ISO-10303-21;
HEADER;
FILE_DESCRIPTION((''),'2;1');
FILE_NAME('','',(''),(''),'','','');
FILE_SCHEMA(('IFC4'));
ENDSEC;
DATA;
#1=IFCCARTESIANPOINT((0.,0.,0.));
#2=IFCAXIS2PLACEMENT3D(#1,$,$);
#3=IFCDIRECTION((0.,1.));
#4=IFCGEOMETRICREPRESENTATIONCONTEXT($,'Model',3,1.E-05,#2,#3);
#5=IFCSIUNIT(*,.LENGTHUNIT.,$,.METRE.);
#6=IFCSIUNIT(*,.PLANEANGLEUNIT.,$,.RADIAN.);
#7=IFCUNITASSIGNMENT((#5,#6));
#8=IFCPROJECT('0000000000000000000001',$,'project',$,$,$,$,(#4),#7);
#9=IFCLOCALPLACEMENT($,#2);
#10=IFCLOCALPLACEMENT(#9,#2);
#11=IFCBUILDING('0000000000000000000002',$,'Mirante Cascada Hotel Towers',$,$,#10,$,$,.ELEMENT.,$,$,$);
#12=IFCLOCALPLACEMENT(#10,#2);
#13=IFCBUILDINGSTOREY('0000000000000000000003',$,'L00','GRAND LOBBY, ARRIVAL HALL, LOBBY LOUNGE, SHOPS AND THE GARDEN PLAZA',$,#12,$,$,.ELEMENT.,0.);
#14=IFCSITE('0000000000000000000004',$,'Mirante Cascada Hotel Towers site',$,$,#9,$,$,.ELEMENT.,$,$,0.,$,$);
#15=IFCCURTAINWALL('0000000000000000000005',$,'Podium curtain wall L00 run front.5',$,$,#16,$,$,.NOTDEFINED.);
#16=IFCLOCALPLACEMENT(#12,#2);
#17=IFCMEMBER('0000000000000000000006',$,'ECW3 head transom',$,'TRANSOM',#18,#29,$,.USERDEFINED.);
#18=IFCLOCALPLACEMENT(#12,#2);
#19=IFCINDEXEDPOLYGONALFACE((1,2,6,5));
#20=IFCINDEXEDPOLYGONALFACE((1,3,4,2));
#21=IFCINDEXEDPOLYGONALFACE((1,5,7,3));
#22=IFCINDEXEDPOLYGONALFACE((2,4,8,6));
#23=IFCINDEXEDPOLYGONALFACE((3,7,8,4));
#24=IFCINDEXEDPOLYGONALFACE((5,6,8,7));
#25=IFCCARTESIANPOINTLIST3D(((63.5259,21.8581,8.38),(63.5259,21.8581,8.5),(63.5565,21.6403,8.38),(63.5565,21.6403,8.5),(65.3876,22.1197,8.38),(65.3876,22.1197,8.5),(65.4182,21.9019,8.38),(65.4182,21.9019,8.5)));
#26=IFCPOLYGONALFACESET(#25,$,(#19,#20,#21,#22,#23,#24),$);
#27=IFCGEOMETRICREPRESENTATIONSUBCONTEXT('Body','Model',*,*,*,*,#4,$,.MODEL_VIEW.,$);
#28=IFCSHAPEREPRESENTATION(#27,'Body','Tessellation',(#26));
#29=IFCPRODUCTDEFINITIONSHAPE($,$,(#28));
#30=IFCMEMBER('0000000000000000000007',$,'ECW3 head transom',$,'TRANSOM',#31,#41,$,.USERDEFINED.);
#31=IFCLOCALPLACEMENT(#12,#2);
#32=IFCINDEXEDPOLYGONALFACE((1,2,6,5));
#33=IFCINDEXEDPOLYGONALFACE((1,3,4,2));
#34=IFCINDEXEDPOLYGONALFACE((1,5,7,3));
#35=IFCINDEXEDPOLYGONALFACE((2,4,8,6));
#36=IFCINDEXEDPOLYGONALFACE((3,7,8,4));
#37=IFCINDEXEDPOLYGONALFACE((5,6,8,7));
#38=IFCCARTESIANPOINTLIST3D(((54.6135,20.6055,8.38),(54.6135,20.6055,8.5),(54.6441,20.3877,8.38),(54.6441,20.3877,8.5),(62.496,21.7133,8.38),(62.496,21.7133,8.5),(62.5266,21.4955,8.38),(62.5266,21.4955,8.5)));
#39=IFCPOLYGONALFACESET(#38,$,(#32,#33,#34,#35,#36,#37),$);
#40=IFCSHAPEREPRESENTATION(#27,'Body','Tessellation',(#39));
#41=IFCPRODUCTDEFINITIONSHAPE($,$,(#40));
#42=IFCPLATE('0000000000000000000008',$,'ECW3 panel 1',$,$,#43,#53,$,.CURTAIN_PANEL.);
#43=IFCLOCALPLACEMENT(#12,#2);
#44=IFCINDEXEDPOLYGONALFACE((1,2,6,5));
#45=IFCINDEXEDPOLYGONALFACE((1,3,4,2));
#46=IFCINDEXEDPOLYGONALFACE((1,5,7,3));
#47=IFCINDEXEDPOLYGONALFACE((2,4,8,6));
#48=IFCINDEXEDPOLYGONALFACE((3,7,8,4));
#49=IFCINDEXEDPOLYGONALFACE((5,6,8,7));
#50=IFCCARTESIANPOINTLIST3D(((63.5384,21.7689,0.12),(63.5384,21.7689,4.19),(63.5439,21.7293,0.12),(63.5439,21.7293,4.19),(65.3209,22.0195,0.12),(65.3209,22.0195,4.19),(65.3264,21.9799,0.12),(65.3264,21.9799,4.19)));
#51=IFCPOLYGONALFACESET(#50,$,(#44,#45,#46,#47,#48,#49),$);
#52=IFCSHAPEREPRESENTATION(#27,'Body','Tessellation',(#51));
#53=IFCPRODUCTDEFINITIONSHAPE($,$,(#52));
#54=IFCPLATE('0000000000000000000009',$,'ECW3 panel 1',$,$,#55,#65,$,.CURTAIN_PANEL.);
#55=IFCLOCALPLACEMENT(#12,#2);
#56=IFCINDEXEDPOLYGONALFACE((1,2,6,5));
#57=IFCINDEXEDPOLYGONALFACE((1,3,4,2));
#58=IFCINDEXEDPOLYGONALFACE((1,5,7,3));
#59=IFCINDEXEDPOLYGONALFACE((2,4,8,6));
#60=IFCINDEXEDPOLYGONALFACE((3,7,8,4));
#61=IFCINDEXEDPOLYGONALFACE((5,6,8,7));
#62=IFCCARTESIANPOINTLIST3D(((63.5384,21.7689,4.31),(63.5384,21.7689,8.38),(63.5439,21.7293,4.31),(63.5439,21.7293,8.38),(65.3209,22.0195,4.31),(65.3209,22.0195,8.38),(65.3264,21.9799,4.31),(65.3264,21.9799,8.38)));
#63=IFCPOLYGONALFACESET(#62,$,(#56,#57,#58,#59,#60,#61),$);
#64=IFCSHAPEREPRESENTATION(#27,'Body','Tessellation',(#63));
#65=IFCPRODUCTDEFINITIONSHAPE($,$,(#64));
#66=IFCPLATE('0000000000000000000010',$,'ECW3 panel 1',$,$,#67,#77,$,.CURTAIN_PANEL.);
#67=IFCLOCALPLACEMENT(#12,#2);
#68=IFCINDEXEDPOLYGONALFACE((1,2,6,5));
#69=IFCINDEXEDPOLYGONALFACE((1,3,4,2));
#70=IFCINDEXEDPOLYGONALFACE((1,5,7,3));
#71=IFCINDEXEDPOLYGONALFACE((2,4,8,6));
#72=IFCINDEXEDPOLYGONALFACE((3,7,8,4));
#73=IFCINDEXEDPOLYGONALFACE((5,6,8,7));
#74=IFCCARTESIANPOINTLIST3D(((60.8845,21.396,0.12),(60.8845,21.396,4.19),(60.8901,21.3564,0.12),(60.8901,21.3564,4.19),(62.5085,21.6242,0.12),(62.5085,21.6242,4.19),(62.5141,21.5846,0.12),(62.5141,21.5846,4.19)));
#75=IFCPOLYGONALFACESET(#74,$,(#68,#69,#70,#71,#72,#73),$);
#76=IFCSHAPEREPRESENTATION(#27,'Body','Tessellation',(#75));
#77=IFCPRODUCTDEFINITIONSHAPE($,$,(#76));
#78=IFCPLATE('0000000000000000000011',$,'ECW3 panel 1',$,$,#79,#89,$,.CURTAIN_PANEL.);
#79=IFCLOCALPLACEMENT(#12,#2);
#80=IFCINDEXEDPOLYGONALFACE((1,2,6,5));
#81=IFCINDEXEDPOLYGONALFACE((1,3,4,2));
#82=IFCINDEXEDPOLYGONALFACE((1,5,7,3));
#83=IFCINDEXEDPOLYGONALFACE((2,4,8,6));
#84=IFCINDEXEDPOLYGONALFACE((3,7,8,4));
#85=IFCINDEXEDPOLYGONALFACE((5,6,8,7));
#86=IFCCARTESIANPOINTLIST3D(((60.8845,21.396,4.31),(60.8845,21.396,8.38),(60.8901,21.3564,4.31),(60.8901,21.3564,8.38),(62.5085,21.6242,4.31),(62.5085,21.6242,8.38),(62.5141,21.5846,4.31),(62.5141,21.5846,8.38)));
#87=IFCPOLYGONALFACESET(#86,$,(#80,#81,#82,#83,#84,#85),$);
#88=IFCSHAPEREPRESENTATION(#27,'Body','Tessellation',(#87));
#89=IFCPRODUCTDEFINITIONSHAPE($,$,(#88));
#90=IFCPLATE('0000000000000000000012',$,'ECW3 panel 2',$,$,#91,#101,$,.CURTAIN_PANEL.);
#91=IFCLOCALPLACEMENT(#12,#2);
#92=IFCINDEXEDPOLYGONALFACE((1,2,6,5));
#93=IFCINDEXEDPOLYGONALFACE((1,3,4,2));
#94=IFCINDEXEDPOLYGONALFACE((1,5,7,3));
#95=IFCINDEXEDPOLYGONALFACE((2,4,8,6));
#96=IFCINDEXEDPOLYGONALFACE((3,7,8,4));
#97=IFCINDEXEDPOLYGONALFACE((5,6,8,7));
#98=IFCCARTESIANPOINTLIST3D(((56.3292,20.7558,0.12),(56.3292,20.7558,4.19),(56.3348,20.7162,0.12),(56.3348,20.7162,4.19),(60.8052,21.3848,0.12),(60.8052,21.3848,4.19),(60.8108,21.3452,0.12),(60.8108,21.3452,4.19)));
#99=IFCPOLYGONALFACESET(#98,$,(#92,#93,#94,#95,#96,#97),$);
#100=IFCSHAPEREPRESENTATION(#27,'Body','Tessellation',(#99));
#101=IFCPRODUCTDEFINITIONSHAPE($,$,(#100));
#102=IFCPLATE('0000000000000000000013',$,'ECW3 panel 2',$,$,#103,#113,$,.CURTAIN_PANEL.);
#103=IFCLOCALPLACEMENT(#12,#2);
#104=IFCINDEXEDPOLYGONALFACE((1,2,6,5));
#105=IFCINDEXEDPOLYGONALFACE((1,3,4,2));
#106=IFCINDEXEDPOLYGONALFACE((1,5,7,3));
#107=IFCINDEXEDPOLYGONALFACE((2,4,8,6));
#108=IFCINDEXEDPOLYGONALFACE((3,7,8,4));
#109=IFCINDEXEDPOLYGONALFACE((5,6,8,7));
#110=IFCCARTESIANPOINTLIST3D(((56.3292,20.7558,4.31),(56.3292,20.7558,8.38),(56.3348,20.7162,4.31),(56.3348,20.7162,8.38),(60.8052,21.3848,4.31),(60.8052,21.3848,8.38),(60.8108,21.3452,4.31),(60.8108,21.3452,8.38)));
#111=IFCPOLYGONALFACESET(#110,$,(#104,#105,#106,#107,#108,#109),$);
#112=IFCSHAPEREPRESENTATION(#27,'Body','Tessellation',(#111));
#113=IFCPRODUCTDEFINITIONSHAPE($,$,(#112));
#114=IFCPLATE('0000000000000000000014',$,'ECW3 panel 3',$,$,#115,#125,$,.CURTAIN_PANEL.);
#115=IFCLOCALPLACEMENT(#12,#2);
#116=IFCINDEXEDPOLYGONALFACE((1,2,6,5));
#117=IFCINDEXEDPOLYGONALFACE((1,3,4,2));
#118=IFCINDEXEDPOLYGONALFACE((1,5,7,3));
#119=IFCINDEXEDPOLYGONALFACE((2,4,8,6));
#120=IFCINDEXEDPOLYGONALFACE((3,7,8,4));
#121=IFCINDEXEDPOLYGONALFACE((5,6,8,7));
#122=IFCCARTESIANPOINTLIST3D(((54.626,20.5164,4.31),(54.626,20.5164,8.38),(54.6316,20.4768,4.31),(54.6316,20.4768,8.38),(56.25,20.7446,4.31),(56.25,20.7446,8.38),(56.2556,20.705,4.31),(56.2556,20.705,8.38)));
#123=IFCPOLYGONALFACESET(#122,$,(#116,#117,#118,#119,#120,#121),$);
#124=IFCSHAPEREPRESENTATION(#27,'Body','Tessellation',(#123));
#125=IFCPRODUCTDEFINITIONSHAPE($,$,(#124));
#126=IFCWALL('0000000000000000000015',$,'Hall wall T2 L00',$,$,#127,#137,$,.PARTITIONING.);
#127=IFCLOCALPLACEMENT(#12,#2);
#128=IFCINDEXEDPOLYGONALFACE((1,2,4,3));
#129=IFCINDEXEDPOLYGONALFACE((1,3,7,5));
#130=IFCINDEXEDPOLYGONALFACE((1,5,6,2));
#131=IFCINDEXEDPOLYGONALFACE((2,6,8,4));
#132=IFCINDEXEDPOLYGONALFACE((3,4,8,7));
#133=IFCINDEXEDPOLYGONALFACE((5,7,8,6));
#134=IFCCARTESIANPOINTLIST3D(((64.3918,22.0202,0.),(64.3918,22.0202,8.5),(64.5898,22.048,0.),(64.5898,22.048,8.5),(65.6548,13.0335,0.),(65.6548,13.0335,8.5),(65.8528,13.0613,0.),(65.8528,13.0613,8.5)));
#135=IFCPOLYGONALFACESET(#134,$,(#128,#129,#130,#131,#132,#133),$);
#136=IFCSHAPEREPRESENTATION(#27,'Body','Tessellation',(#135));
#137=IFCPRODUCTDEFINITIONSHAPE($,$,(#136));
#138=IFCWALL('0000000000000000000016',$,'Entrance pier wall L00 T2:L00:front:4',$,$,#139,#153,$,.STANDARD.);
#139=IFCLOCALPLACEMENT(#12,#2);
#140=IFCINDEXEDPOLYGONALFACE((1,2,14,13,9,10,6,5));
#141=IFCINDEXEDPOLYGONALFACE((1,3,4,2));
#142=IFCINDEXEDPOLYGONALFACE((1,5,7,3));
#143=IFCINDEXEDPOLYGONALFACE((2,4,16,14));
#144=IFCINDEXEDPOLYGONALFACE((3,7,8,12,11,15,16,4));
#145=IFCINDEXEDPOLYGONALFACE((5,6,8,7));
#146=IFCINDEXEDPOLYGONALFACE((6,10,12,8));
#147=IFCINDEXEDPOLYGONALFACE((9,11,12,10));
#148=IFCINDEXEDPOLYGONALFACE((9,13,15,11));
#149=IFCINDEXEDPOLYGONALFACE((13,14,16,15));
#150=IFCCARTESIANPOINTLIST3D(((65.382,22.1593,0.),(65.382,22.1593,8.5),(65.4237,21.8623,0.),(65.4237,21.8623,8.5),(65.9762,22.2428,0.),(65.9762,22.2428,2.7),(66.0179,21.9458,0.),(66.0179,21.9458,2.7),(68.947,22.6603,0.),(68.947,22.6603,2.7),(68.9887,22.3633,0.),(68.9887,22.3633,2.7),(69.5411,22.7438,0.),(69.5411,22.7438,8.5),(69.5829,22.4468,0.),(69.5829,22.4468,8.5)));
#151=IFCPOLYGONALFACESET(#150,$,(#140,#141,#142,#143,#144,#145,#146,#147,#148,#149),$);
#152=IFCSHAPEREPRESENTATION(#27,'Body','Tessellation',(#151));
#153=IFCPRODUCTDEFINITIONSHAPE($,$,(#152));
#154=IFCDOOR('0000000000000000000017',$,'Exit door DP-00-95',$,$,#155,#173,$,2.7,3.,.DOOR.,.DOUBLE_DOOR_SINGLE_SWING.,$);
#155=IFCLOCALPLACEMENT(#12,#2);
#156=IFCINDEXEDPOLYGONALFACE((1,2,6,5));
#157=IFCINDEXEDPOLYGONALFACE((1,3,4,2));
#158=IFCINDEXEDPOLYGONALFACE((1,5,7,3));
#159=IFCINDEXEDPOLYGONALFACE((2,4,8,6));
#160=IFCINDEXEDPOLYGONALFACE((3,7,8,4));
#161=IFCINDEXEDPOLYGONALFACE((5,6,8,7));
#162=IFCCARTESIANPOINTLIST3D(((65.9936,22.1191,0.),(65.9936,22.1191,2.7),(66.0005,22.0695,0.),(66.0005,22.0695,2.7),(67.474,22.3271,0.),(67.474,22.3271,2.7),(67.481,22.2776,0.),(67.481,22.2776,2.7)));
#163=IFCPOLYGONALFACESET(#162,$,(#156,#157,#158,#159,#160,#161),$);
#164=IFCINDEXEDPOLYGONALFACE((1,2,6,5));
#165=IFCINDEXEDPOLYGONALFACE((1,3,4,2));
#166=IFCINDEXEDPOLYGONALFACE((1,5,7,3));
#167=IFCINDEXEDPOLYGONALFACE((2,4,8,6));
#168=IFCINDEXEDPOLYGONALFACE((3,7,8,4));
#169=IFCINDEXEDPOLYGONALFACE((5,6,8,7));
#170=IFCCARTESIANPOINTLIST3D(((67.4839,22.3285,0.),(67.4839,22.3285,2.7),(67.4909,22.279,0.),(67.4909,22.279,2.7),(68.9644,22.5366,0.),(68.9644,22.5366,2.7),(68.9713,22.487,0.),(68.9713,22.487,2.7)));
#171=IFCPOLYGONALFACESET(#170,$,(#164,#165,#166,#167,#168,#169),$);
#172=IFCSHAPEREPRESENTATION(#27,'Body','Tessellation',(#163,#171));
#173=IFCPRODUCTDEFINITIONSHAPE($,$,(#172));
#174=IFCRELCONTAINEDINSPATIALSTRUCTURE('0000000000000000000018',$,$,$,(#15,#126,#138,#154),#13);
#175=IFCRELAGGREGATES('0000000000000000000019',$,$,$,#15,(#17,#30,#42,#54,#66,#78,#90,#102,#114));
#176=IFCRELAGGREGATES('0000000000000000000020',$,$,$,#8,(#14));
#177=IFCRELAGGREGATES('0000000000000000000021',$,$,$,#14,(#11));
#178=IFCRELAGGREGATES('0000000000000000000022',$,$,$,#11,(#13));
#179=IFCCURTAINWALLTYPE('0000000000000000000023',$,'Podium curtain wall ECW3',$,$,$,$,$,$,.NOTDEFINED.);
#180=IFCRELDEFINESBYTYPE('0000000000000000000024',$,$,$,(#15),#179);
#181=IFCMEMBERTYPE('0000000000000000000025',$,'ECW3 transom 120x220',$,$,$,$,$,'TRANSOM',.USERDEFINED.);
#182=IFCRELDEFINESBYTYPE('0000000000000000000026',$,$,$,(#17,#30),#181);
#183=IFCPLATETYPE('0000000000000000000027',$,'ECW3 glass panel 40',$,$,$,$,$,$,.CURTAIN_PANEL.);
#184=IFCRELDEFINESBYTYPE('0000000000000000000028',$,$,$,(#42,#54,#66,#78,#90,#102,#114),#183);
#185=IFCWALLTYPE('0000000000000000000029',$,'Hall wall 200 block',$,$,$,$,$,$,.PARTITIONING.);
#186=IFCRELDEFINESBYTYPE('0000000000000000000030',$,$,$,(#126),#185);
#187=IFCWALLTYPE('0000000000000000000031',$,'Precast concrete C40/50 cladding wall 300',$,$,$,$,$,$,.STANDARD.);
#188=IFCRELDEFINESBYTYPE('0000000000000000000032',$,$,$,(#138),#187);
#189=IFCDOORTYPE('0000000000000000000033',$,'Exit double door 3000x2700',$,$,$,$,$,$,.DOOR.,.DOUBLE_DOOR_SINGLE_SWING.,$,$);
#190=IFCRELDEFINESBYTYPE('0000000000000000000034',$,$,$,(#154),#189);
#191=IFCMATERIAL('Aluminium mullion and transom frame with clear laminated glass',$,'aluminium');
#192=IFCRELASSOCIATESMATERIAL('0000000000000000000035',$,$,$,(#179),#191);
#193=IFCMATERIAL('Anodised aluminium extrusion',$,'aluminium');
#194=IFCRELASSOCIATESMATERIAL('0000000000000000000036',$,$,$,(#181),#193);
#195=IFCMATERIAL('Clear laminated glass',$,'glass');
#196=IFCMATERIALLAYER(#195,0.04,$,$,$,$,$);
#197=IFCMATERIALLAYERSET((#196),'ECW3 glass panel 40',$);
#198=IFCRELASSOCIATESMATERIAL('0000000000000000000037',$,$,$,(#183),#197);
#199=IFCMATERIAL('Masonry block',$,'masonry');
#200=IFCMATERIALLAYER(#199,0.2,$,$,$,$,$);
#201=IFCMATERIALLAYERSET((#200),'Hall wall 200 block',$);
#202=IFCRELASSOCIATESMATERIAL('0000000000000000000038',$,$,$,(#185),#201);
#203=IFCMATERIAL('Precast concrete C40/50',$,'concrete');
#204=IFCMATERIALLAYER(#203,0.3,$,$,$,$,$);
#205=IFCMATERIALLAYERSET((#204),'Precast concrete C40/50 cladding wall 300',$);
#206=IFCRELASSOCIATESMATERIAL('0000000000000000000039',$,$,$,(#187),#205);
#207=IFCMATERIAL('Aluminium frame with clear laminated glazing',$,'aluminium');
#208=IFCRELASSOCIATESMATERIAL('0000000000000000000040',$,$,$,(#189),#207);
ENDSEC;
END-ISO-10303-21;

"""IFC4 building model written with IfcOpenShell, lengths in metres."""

from ifc_helpers import new_model, si_unit, direction, frame, frame_2d, origin, origin_2d, place, context, subcontext, project, spatial, rectangle, extrude, material, layer, layer_set, material_profile, profile_set, type_object, element, fill, aggregate, save


model = new_model("IFC4")

# Units and contexts
model_context = context("Model", 3, precision=1e-05, world=origin(), true_north=direction((0.0, 1.0)))
body_context = subcontext(model_context, "Body", "Model", "MODEL_VIEW")
ifc_project = project(units=[si_unit("LENGTHUNIT", "METRE"), si_unit("PLANEANGLEUNIT", "RADIAN")], contexts=[model_context])

# Site, building, storey
site_placement = place(None, origin())
site = spatial("IfcSite", under=ifc_project, at=site_placement, Name="Mirante Cascada Hotel Towers site", CompositionType="ELEMENT", RefElevation=0.0)
building_placement = place(site_placement, origin())
building = spatial("IfcBuilding", under=site, at=building_placement, Name="Mirante Cascada Hotel Towers", CompositionType="ELEMENT")
storey_placement = place(building_placement, origin())
storey = spatial("IfcBuildingStorey", under=building, at=storey_placement, Name="L00", Description="GRAND LOBBY, ARRIVAL HALL, LOBBY LOUNGE, SHOPS AND THE GARDEN PLAZA", CompositionType="ELEMENT", Elevation=0.0)

# Shared definitions
ifc_material_1 = material(Name="Aluminium mullion and transom frame with clear laminated glass", Category="aluminium")
curtain_wall_type = type_object("IfcCurtainWallType", Name="Podium curtain wall ECW3", PredefinedType="NOTDEFINED", material=ifc_material_1)

# Curtain wall, members, plates
curtain_wall_1_placement = place(storey_placement, origin())
curtain_wall_1 = element("IfcCurtainWall", 1, at=curtain_wall_1_placement, inside=storey, type_object=curtain_wall_type, Name="Podium curtain wall L00 run front.5", PredefinedType="NOTDEFINED")
ifc_material_2 = material(Name="Anodised aluminium extrusion", Category="aluminium")
ifc_material_profile_1 = material_profile(ifc_material_2, rectangle(XDim=0.22, YDim=0.12, at=origin_2d()), Name="ECW3 TRANSOM 120x220")
ifc_profile_set_1 = profile_set([ifc_material_profile_1], Name="Anodised aluminium extrusion")
member_type_1 = type_object("IfcMemberType", Name="ECW3 transom 120x220", ElementType="TRANSOM", PredefinedType="USERDEFINED", material=ifc_profile_set_1)
member_1_placement = place(storey_placement, frame((65.4029, 22.0108, 8.44), z_axis=(-0.990271, -0.13915, 0.0), x_axis=(0.13915, -0.990271, 0.0)))
member_1 = element("IfcMember", 2, at=member_1_placement, type_object=member_type_1, Name="ECW3 head transom", ObjectType="TRANSOM", PredefinedType="USERDEFINED", context=body_context, shape_type="SweptSolid", body=[
    extrude(rectangle(XDim=0.22, YDim=0.12, at=origin_2d()), origin(), (0.0, 0.0, 1.0), 1.88),
])
member_2_placement = place(storey_placement, frame((62.5113, 21.6044, 8.44), z_axis=(-0.990268, -0.139172, 0.0), x_axis=(0.139172, -0.990268, 0.0)))
member_2 = element("IfcMember", 3, at=member_2_placement, type_object=member_type_1, Name="ECW3 head transom", ObjectType="TRANSOM", PredefinedType="USERDEFINED", context=body_context, shape_type="SweptSolid", body=[
    extrude(rectangle(XDim=0.22, YDim=0.12, at=origin_2d()), origin(), (0.0, 0.0, 1.0), 7.96),
])
ifc_material_3 = material(Name="Clear laminated glass", Category="glass")
ifc_layer_1 = layer(ifc_material_3, 0.04)
ifc_layer_set_1 = layer_set([ifc_layer_1], Name="ECW3 glass panel 40")
plate_type = type_object("IfcPlateType", Name="ECW3 glass panel 40", PredefinedType="CURTAIN_PANEL", material=ifc_layer_set_1)
plate_1_placement = place(storey_placement, frame((64.4324, 21.8744, 0.12), z_axis=(0.0, 0.0, 1.0), x_axis=(-0.990268, -0.139173, 0.0)))
plate_1 = element("IfcPlate", 4, at=plate_1_placement, type_object=plate_type, Name="ECW3 panel 1", PredefinedType="CURTAIN_PANEL", context=body_context, shape_type="SweptSolid", body=[
    extrude(rectangle(XDim=1.8, YDim=0.04, at=origin_2d()), origin(), (0.0, 0.0, 1.0), 4.07),
])
plate_2_placement = place(storey_placement, frame((64.4324, 21.8744, 4.31), z_axis=(0.0, 0.0, 1.0), x_axis=(-0.990268, -0.139173, 0.0)))
plate_2 = element("IfcPlate", 5, at=plate_2_placement, type_object=plate_type, Name="ECW3 panel 1", PredefinedType="CURTAIN_PANEL", context=body_context, shape_type="SweptSolid", body=[
    extrude(rectangle(XDim=1.8, YDim=0.04, at=origin_2d()), origin(), (0.0, 0.0, 1.0), 4.07),
])
plate_3_placement = place(storey_placement, frame((61.6993, 21.4903, 0.12), z_axis=(0.0, 0.0, 1.0), x_axis=(-0.990268, -0.139173, 0.0)))
plate_3 = element("IfcPlate", 6, at=plate_3_placement, type_object=plate_type, Name="ECW3 panel 1", PredefinedType="CURTAIN_PANEL", context=body_context, shape_type="SweptSolid", body=[
    extrude(rectangle(XDim=1.64, YDim=0.04, at=origin_2d()), origin(), (0.0, 0.0, 1.0), 4.07),
])
plate_4_placement = place(storey_placement, frame((61.6993, 21.4903, 4.31), z_axis=(0.0, 0.0, 1.0), x_axis=(-0.990268, -0.139173, 0.0)))
plate_4 = element("IfcPlate", 7, at=plate_4_placement, type_object=plate_type, Name="ECW3 panel 1", PredefinedType="CURTAIN_PANEL", context=body_context, shape_type="SweptSolid", body=[
    extrude(rectangle(XDim=1.64, YDim=0.04, at=origin_2d()), origin(), (0.0, 0.0, 1.0), 4.07),
])
plate_5_placement = place(storey_placement, frame((58.57, 21.0505, 0.12), z_axis=(0.0, 0.0, 1.0), x_axis=(-0.990268, -0.139173, 0.0)))
plate_5 = element("IfcPlate", 8, at=plate_5_placement, type_object=plate_type, Name="ECW3 panel 2", PredefinedType="CURTAIN_PANEL", context=body_context, shape_type="SweptSolid", body=[
    extrude(rectangle(XDim=4.52, YDim=0.04, at=origin_2d()), origin(), (0.0, 0.0, 1.0), 4.07),
])
plate_6_placement = place(storey_placement, frame((58.57, 21.0505, 4.31), z_axis=(0.0, 0.0, 1.0), x_axis=(-0.990268, -0.139173, 0.0)))
plate_6 = element("IfcPlate", 9, at=plate_6_placement, type_object=plate_type, Name="ECW3 panel 2", PredefinedType="CURTAIN_PANEL", context=body_context, shape_type="SweptSolid", body=[
    extrude(rectangle(XDim=4.52, YDim=0.04, at=origin_2d()), origin(), (0.0, 0.0, 1.0), 4.07),
])
plate_7_placement = place(storey_placement, frame((55.4408, 20.6107, 4.31), z_axis=(0.0, 0.0, 1.0), x_axis=(-0.990268, -0.139173, 0.0)))
plate_7 = element("IfcPlate", 10, at=plate_7_placement, type_object=plate_type, Name="ECW3 panel 3", PredefinedType="CURTAIN_PANEL", context=body_context, shape_type="SweptSolid", body=[
    extrude(rectangle(XDim=1.64, YDim=0.04, at=origin_2d()), origin(), (0.0, 0.0, 1.0), 4.07),
])
aggregate(curtain_wall_1, [member_1, member_2, plate_1, plate_2, plate_3, plate_4, plate_5, plate_6, plate_7])

# Wall
ifc_material_4 = material(Name="Masonry block", Category="masonry")
ifc_layer_2 = layer(ifc_material_4, 0.2)
ifc_layer_set_2 = layer_set([ifc_layer_2], Name="Hall wall 200 block")
wall_type_1 = type_object("IfcWallType", Name="Hall wall 200 block", PredefinedType="PARTITIONING", material=ifc_layer_set_2)
wall_1_placement = place(storey_placement, frame((64.4908, 22.0341, 0.0), z_axis=(0.0, 0.0, 1.0), x_axis=(0.139173, -0.990268, 0.0)))
element("IfcWall", 11, at=wall_1_placement, inside=storey, type_object=wall_type_1, Name="Hall wall T2 L00", PredefinedType="PARTITIONING", context=body_context, shape_type="SweptSolid", body=[
    extrude(rectangle(XDim=9.075, YDim=0.2, at=frame_2d((4.5375, 0.0))), origin(), (0.0, 0.0, 1.0), 8.5),
])

# Wall, opening, door
ifc_material_5 = material(Name="Precast concrete C40/50", Category="concrete")
ifc_layer_3 = layer(ifc_material_5, 0.3)
ifc_layer_set_3 = layer_set([ifc_layer_3], Name="Precast concrete C40/50 cladding wall 300")
wall_type_2 = type_object("IfcWallType", Name="Precast concrete C40/50 cladding wall 300", PredefinedType="STANDARD", material=ifc_layer_set_3)
wall_2_placement = place(storey_placement, frame((69.562, 22.5953, 0.0), z_axis=(0.0, 0.0, 1.0), x_axis=(-0.990269, -0.139168, 0.0)))
wall_2 = element("IfcWall", 12, at=wall_2_placement, inside=storey, type_object=wall_type_2, Name="Entrance pier wall L00 T2:L00:front:4", PredefinedType="STANDARD", context=body_context, shape_type="SweptSolid", body=[
    extrude(rectangle(XDim=4.2, YDim=0.3, at=frame_2d((2.1, 0.0))), origin(), (0.0, 0.0, 1.0), 8.5),
])
opening_placement = place(wall_2_placement, frame((0.6, 0.0, 0.0)))
opening = element("IfcOpeningElement", 13, at=opening_placement, cuts=wall_2, PredefinedType="OPENING", context=body_context, shape_type="SweptSolid", body=[
    extrude(rectangle(XDim=3.0, YDim=2.7, at=frame_2d((1.5, 1.35))), frame((0.0, 0.15, 0.0), z_axis=(0.0, -1.0, 0.0), x_axis=(1.0, 0.0, 0.0)), (0.0, 0.0, 1.0), 0.3),
])
ifc_material_6 = material(Name="Aluminium frame with clear laminated glazing", Category="aluminium")
door_type = type_object("IfcDoorType", Name="Exit double door 3000x2700", OperationType="DOUBLE_DOOR_SINGLE_SWING", PredefinedType="DOOR", material=ifc_material_6)
door_placement = place(opening_placement, frame((3.0, 0.0, 0.0), z_axis=(0.0, 0.0, 1.0), x_axis=(-1.0, 0.0, 0.0)))
door = element("IfcDoor", 14, at=door_placement, inside=storey, type_object=door_type, Name="Exit door DP-00-95", OperationType="DOUBLE_DOOR_SINGLE_SWING", OverallHeight=2.7, OverallWidth=3.0, PredefinedType="DOOR", context=body_context, shape_type="SweptSolid", body=[
    extrude(rectangle(XDim=1.495, YDim=2.7, at=frame_2d((0.7475, 1.35))), frame((0.0, 0.025, 0.0), z_axis=(0.0, -1.0, 0.0), x_axis=(1.0, 0.0, 0.0)), (0.0, 0.0, 1.0), 0.05),
    extrude(rectangle(XDim=1.495, YDim=2.7, at=frame_2d((2.2525, 1.35))), frame((0.0, 0.025, 0.0), z_axis=(0.0, -1.0, 0.0), x_axis=(1.0, 0.0, 0.0)), (0.0, 0.0, 1.0), 0.05),
])
fill(opening, door)

save(model, "model.ifc")
